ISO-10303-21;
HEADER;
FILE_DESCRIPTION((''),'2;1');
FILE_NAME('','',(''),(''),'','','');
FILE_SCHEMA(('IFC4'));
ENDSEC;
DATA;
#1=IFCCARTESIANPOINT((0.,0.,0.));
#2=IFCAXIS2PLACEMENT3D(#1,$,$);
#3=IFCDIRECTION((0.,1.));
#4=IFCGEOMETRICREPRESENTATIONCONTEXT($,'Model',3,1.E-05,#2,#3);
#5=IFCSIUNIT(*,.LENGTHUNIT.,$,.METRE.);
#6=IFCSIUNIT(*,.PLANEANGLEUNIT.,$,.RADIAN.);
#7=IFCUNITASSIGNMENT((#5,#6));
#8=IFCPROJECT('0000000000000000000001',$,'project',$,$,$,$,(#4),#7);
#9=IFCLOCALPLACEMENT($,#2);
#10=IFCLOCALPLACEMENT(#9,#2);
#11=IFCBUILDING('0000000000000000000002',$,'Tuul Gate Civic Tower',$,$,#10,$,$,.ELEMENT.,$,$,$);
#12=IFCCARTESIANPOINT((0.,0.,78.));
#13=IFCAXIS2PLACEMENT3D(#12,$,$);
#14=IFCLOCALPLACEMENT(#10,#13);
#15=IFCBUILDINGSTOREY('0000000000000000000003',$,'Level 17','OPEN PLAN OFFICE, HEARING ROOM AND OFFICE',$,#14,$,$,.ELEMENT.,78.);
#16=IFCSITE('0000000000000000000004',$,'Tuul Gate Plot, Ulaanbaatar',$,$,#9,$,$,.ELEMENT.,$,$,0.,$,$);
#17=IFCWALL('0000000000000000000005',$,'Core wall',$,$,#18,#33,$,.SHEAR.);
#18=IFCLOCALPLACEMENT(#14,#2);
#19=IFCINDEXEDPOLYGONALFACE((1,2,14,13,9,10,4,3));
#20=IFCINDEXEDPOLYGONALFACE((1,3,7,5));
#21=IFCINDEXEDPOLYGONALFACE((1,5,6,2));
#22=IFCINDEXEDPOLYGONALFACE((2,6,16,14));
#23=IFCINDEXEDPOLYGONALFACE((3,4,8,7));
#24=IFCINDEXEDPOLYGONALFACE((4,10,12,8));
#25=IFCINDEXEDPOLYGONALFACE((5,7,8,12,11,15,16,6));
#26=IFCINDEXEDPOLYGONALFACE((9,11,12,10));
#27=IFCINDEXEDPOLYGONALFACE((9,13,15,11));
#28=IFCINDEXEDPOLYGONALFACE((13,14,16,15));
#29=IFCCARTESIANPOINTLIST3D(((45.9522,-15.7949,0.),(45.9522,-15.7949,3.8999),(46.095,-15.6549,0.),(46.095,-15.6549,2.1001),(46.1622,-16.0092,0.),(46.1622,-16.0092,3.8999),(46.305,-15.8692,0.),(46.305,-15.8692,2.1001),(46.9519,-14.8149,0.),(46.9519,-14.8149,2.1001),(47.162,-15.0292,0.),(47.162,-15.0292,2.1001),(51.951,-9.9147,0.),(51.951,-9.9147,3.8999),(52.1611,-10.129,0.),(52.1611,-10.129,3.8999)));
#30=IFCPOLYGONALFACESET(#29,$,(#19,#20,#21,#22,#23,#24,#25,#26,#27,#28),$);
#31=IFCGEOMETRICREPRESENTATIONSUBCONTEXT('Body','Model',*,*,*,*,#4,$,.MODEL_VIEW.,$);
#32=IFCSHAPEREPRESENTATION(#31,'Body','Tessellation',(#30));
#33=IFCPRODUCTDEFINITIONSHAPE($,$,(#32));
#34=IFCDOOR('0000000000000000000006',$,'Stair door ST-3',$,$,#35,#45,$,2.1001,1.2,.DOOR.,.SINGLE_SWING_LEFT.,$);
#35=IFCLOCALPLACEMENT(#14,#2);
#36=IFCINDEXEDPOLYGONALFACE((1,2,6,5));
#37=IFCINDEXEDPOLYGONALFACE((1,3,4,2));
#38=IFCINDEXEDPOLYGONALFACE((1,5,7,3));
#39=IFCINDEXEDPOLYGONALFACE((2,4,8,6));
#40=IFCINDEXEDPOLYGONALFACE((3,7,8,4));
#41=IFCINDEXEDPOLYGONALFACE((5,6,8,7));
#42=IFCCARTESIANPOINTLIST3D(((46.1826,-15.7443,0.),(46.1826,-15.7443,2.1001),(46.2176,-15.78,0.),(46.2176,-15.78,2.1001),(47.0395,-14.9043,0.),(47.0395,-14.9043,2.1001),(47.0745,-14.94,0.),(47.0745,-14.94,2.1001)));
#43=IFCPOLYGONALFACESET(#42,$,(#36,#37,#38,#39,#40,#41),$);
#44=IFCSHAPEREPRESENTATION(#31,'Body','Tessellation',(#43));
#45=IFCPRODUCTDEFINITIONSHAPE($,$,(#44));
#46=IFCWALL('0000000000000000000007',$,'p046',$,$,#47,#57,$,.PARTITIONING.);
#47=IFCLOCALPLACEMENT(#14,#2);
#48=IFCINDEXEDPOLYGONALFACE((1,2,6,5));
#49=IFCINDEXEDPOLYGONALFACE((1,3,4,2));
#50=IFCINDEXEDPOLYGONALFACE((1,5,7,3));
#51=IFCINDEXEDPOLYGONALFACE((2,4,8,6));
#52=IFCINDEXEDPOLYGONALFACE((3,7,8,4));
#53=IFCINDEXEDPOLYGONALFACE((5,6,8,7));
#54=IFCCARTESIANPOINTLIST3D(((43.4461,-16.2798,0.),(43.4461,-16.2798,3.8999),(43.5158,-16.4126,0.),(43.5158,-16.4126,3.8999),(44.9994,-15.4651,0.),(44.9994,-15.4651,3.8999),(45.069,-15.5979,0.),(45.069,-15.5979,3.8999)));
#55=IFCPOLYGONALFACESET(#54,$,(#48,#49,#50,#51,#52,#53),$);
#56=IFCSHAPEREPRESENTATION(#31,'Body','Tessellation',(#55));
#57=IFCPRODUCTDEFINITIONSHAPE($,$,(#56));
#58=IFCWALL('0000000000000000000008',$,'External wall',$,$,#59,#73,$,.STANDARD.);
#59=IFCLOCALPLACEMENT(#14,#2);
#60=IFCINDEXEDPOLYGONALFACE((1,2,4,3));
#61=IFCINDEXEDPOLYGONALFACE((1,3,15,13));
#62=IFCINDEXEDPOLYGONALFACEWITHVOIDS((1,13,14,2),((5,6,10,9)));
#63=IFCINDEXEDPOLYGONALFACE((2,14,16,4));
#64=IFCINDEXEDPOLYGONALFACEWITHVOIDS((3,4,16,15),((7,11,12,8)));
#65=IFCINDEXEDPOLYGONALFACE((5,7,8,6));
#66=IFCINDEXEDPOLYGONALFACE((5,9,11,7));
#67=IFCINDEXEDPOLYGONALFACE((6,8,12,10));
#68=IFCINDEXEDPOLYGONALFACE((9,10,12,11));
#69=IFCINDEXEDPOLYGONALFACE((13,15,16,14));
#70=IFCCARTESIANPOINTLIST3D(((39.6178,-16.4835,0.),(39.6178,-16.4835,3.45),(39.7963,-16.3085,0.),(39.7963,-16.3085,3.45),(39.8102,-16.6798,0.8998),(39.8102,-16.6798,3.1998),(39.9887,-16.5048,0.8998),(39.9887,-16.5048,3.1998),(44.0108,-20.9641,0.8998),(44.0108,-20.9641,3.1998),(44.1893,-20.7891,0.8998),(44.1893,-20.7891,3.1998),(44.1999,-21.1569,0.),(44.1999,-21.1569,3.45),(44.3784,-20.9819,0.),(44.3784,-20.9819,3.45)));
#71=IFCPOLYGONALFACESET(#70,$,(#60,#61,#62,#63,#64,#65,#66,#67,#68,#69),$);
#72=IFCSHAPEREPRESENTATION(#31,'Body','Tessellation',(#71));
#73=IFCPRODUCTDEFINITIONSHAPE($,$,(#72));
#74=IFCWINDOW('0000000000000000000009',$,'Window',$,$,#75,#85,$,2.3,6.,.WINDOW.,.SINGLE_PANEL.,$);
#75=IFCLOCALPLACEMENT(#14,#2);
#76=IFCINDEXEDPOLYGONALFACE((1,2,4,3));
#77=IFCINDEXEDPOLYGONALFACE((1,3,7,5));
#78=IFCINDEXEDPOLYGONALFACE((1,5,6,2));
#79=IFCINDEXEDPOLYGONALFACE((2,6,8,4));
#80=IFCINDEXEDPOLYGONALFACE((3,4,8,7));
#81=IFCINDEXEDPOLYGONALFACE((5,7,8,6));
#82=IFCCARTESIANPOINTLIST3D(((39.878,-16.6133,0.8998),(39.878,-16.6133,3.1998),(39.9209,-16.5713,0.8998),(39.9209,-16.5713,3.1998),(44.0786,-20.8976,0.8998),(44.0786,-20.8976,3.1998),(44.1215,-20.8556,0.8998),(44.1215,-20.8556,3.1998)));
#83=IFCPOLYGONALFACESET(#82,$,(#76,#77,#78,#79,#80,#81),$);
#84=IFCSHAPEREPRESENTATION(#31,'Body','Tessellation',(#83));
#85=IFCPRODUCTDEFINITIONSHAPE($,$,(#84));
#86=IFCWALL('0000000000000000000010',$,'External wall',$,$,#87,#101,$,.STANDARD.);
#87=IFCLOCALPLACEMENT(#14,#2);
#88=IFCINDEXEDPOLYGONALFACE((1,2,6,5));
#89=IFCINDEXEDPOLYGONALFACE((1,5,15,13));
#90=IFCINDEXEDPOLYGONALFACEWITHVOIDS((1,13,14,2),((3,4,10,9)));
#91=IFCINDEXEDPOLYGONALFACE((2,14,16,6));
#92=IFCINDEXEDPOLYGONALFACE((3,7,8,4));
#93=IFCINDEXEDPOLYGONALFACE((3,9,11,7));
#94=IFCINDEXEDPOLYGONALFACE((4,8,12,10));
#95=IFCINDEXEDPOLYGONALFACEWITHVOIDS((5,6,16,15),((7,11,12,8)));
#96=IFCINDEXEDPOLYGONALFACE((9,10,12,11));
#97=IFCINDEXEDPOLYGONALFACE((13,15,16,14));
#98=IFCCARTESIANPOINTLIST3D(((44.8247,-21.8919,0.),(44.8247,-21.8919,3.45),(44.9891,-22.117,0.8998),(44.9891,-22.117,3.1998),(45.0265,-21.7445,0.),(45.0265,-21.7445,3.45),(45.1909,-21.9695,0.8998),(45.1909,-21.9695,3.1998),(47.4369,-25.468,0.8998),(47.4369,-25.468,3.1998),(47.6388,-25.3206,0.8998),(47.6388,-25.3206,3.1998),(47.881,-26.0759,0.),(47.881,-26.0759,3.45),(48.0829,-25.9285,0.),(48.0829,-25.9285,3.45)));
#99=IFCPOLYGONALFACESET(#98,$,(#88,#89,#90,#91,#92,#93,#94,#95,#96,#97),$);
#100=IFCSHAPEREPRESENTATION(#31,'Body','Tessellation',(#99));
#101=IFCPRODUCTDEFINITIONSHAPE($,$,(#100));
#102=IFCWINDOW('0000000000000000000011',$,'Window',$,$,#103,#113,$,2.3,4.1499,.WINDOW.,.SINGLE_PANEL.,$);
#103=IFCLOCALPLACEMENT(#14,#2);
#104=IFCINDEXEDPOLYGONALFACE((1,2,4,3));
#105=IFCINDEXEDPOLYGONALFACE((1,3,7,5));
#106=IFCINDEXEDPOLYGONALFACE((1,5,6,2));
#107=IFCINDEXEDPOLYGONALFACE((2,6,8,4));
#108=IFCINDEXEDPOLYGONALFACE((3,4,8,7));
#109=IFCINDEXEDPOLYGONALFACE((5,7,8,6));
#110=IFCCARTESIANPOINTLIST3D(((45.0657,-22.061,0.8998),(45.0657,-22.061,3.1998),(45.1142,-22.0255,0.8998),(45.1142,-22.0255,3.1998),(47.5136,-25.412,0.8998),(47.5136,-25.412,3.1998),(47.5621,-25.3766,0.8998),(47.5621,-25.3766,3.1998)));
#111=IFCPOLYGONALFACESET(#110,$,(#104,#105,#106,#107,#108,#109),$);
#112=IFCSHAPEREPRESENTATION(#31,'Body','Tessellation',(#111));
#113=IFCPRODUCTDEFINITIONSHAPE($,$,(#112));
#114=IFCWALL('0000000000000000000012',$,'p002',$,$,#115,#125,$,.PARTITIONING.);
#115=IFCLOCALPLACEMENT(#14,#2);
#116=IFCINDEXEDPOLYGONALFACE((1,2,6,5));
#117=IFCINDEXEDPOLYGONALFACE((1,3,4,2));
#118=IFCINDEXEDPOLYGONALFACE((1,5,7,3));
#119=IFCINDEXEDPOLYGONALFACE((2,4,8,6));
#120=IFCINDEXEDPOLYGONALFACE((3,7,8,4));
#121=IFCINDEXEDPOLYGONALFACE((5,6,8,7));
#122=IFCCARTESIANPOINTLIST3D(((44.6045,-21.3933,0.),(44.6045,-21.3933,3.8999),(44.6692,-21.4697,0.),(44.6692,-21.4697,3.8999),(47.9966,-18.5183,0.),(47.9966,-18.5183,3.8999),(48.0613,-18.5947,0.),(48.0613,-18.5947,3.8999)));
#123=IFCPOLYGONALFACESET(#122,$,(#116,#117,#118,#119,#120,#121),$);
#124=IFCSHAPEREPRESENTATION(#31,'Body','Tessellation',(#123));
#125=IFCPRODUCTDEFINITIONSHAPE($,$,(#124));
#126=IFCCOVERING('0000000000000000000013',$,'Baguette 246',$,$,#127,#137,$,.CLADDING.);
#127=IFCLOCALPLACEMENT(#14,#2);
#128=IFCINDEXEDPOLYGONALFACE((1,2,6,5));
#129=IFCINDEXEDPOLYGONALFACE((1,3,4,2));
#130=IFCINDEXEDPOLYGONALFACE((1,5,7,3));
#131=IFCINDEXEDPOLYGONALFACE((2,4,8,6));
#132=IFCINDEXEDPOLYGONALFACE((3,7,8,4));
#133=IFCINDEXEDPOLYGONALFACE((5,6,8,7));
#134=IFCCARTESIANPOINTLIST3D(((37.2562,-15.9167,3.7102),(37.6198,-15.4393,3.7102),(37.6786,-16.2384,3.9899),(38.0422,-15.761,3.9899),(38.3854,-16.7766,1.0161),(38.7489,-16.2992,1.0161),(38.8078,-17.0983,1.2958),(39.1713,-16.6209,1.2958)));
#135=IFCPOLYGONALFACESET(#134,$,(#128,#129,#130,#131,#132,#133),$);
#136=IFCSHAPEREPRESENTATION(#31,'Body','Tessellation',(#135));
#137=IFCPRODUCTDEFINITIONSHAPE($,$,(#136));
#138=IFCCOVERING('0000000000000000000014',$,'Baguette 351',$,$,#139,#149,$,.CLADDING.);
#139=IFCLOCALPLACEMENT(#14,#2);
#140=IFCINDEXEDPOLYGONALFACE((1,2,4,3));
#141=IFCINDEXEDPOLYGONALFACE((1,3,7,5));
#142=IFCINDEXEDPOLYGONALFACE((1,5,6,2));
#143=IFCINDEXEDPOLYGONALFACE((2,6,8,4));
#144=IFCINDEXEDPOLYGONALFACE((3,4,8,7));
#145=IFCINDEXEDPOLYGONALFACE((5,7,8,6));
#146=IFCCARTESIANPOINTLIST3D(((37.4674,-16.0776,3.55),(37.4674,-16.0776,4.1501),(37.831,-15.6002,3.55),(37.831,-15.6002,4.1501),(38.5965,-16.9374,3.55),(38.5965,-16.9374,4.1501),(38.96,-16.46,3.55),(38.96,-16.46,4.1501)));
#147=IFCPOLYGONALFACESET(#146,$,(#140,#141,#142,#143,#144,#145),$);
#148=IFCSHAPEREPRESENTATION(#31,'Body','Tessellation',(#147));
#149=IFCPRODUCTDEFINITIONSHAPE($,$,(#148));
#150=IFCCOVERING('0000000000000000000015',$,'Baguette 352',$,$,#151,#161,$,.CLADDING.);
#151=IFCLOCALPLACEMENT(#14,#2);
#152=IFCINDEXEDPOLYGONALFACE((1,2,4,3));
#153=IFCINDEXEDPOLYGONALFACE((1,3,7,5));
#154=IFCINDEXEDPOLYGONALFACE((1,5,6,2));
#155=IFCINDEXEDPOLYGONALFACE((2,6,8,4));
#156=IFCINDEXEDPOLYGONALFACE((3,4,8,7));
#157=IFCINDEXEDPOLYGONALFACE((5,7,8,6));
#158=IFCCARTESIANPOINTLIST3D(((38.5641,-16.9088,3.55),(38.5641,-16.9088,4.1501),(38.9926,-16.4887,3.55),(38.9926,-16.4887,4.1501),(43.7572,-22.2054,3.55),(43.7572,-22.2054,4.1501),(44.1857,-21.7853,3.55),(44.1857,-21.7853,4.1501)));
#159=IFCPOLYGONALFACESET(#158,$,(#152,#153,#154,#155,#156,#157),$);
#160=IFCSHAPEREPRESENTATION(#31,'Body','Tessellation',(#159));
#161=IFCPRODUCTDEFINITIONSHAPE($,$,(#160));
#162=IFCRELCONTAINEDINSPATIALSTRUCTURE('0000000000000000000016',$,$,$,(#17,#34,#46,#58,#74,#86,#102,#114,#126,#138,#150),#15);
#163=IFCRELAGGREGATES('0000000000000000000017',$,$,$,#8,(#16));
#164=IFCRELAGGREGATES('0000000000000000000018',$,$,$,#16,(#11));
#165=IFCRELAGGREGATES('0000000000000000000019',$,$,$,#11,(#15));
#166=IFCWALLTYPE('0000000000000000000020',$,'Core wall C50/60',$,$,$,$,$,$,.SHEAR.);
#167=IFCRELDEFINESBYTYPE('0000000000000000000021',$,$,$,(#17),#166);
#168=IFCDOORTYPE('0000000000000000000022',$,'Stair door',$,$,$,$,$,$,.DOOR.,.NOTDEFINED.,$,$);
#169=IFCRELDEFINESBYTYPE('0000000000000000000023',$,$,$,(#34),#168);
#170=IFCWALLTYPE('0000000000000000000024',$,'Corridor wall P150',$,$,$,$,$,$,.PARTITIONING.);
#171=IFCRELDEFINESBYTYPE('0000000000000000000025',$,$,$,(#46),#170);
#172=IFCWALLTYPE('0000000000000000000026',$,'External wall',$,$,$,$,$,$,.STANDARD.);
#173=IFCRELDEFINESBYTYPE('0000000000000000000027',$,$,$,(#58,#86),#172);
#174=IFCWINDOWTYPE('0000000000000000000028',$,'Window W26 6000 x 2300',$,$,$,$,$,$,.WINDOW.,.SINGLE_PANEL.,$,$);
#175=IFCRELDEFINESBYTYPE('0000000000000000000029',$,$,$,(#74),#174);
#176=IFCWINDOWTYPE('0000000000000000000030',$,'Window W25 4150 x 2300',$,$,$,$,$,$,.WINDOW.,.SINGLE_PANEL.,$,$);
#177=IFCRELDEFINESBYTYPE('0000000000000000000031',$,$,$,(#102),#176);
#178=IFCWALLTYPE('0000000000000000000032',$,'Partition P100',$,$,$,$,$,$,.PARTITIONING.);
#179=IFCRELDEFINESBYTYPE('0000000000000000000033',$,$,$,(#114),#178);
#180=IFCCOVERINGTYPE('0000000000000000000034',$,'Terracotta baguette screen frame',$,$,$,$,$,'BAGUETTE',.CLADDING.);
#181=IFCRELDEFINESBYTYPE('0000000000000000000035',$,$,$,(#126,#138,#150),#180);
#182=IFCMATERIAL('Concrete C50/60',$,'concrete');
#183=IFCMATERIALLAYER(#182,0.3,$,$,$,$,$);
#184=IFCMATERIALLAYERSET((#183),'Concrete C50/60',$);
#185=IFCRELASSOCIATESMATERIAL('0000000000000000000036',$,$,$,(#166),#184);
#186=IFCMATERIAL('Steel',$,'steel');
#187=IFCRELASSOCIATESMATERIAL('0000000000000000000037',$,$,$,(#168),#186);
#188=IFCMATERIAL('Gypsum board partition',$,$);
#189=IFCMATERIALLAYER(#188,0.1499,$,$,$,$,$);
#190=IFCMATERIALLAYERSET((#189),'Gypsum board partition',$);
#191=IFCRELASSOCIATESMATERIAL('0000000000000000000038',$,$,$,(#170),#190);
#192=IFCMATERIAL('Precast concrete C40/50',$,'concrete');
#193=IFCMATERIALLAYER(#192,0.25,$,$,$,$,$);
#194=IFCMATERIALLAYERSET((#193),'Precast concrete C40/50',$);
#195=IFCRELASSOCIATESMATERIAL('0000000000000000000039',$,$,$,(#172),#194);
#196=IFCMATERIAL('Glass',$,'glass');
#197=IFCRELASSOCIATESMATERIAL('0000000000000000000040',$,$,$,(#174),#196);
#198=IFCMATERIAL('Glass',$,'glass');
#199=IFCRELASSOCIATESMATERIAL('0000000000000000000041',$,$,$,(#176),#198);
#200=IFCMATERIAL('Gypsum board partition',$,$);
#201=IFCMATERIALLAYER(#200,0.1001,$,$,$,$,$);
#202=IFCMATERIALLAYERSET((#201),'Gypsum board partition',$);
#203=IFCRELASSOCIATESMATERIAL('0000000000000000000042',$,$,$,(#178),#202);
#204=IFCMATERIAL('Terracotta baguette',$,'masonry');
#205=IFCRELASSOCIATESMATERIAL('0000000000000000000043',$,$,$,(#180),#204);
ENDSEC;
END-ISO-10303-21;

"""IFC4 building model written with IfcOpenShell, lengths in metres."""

from ifc_helpers import new_model, si_unit, direction, frame, frame_2d, origin, origin_2d, place, context, subcontext, project, spatial, rectangle, extrude, material, layer, layer_set, material_profile, profile_set, type_object, element, fill, save


model = new_model("IFC4")

# Units and contexts
model_context = context("Model", 3, precision=1e-05, world=origin(), true_north=direction((0.0, 1.0)))
body_context = subcontext(model_context, "Body", "Model", "MODEL_VIEW")
ifc_project = project(units=[si_unit("LENGTHUNIT", "METRE"), si_unit("PLANEANGLEUNIT", "RADIAN")], contexts=[model_context])

# Site, building, storey
site_placement = place(None, origin())
site = spatial("IfcSite", under=ifc_project, at=site_placement, Name="Tuul Gate Plot, Ulaanbaatar", CompositionType="ELEMENT", RefElevation=0.0)
building_placement = place(site_placement, origin())
building = spatial("IfcBuilding", under=site, at=building_placement, Name="Tuul Gate Civic Tower", CompositionType="ELEMENT")
storey_placement = place(building_placement, frame((0.0, 0.0, 78.0)))
storey = spatial("IfcBuildingStorey", under=building, at=storey_placement, Name="Level 17", Description="OPEN PLAN OFFICE, HEARING ROOM AND OFFICE", CompositionType="ELEMENT", Elevation=78.0)

# Shared definitions
ifc_material_1 = material(Name="Concrete C50/60", Category="concrete")
ifc_layer_1 = layer(ifc_material_1, 0.3)
ifc_layer_set_1 = layer_set([ifc_layer_1], Name="Concrete C50/60")
wall_type_1 = type_object("IfcWallType", Name="Core wall C50/60", PredefinedType="SHEAR", material=ifc_layer_set_1)

# Wall, opening, door
wall_1_placement = place(storey_placement, frame((46.0571, -15.9021, 0.0), z_axis=(0.0, 0.0, 1.0), x_axis=(0.714134, 0.700009, 0.0)))
wall_1 = element("IfcWall", 1, at=wall_1_placement, inside=storey, type_object=wall_type_1, Name="Core wall", PredefinedType="SHEAR", context=body_context, shape_type="SweptSolid", body=[
    extrude(rectangle(XDim=8.4001, YDim=0.3, at=frame_2d((4.2002, 0.0))), origin(), (0.0, 0.0, 1.0), 3.8999),
])
opening_1_placement = place(wall_1_placement, frame((0.2, 0.0, 0.0)))
opening_1 = element("IfcOpeningElement", 2, at=opening_1_placement, cuts=wall_1, PredefinedType="OPENING", context=body_context, shape_type="SweptSolid", body=[
    extrude(rectangle(XDim=1.2, YDim=2.1001, at=frame_2d((0.6001, 1.05))), frame((0.0, 0.1602, 0.0), z_axis=(0.0, -1.0, 0.0), x_axis=(1.0, 0.0, 0.0)), (0.0, 0.0, 1.0), 0.3201),
])
ifc_material_2 = material(Name="Steel", Category="steel")
door_type_1 = type_object("IfcDoorType", Name="Stair door", OperationType="NOTDEFINED", PredefinedType="DOOR", material=ifc_material_2)
door_1_placement = place(opening_1_placement, origin())
door_1 = element("IfcDoor", 3, at=door_1_placement, inside=storey, type_object=door_type_1, Name="Stair door ST-3", OperationType="SINGLE_SWING_LEFT", OverallHeight=2.1001, OverallWidth=1.2, PredefinedType="DOOR", context=body_context, shape_type="SweptSolid", body=[
    extrude(rectangle(XDim=1.2, YDim=2.1001, at=frame_2d((0.6001, 1.05))), frame((0.0, 0.0249, 0.0), z_axis=(0.0, -1.0, 0.0), x_axis=(1.0, 0.0, 0.0)), (0.0, 0.0, 1.0), 0.05),
])
fill(opening_1, door_1)

# Wall
ifc_material_3 = material(Name="Gypsum board partition")
ifc_layer_2 = layer(ifc_material_3, 0.1499)
ifc_layer_set_2 = layer_set([ifc_layer_2], Name="Gypsum board partition")
wall_type_2 = type_object("IfcWallType", Name="Corridor wall P150", PredefinedType="PARTITIONING", material=ifc_layer_set_2)
wall_2_placement = place(storey_placement, frame((43.481, -16.3462, 0.0), z_axis=(0.0, 0.0, 1.0), x_axis=(0.885573, 0.464501, 0.0)))
element("IfcWall", 4, at=wall_2_placement, inside=storey, type_object=wall_type_2, Name="p046", PredefinedType="PARTITIONING", context=body_context, shape_type="SweptSolid", body=[
    extrude(rectangle(XDim=1.7539, YDim=0.1499, at=frame_2d((0.877, 0.0))), origin(), (0.0, 0.0, 1.0), 3.8999),
])

# Walls, openings, windows
ifc_material_4 = material(Name="Precast concrete C40/50", Category="concrete")
ifc_layer_3 = layer(ifc_material_4, 0.25)
ifc_layer_set_3 = layer_set([ifc_layer_3], Name="Precast concrete C40/50")
wall_type_3 = type_object("IfcWallType", Name="External wall", PredefinedType="STANDARD", material=ifc_layer_set_3)
wall_3_placement = place(storey_placement, frame((39.707, -16.396, 0.0), z_axis=(0.0, 0.0, 1.0), x_axis=(0.700097, -0.714048, 0.0)))
wall_3 = element("IfcWall", 5, at=wall_3_placement, inside=storey, type_object=wall_type_3, Name="External wall", PredefinedType="STANDARD", context=body_context, shape_type="SweptSolid", body=[
    extrude(rectangle(XDim=6.5449, YDim=0.25, at=frame_2d((3.2725, 0.0))), origin(), (0.0, 0.0, 1.0), 3.45),
])
opening_2_placement = place(wall_3_placement, frame((0.2749, 0.0, 0.8999)))
opening_2 = element("IfcOpeningElement", 6, at=opening_2_placement, cuts=wall_3, PredefinedType="OPENING", context=body_context, shape_type="SweptSolid", body=[
    extrude(rectangle(XDim=6.0, YDim=2.3, at=frame_2d((3.0, 1.1499))), frame((0.0, 0.135, 0.0), z_axis=(0.0, -1.0, 0.0), x_axis=(1.0, 0.0, 0.0)), (0.0, 0.0, 1.0), 0.27),
])
ifc_material_5 = material(Name="Glass", Category="glass")
window_type_1 = type_object("IfcWindowType", Name="Window W26 6000 x 2300", PartitioningType="SINGLE_PANEL", PredefinedType="WINDOW", material=ifc_material_5)
window_1_placement = place(opening_2_placement, origin())
window_1 = element("IfcWindow", 7, at=window_1_placement, inside=storey, type_object=window_type_1, Name="Window", OverallHeight=2.3, OverallWidth=6.0, PartitioningType="SINGLE_PANEL", PredefinedType="WINDOW", context=body_context, shape_type="SweptSolid", body=[
    extrude(rectangle(XDim=6.0, YDim=2.3, at=frame_2d((3.0, 1.1499))), frame((0.0, 0.03, 0.0), z_axis=(0.0, -1.0, 0.0), x_axis=(1.0, 0.0, 0.0)), (0.0, 0.0, 1.0), 0.0601),
])
fill(opening_2, window_1)
wall_4_placement = place(storey_placement, frame((44.9255, -21.8181, 0.0), z_axis=(0.0, 0.0, 1.0), x_axis=(0.589865, -0.807502, 0.0)))
wall_4 = element("IfcWall", 8, at=wall_4_placement, inside=storey, type_object=wall_type_3, Name="External wall", PredefinedType="STANDARD", context=body_context, shape_type="SweptSolid", body=[
    extrude(rectangle(XDim=5.1814, YDim=0.25, at=frame_2d((2.5908, 0.0))), origin(), (0.0, 0.0, 1.0), 3.45),
])
opening_3_placement = place(wall_4_placement, frame((0.2788, 0.0, 0.8999)))
opening_3 = element("IfcOpeningElement", 9, at=opening_3_placement, cuts=wall_4, PredefinedType="OPENING", context=body_context, shape_type="SweptSolid", body=[
    extrude(rectangle(XDim=4.1499, YDim=2.3, at=frame_2d((2.075, 1.1499))), frame((0.0, 0.135, 0.0), z_axis=(0.0, -1.0, 0.0), x_axis=(1.0, 0.0, 0.0)), (0.0, 0.0, 1.0), 0.27),
])
ifc_material_6 = material(Name="Glass", Category="glass")
window_type_2 = type_object("IfcWindowType", Name="Window W25 4150 x 2300", PartitioningType="SINGLE_PANEL", PredefinedType="WINDOW", material=ifc_material_6)
window_2_placement = place(opening_3_placement, origin())
window_2 = element("IfcWindow", 10, at=window_2_placement, inside=storey, type_object=window_type_2, Name="Window", OverallHeight=2.3, OverallWidth=4.1499, PartitioningType="SINGLE_PANEL", PredefinedType="WINDOW", context=body_context, shape_type="SweptSolid", body=[
    extrude(rectangle(XDim=4.1499, YDim=2.3, at=frame_2d((2.075, 1.1499))), frame((0.0, 0.03, 0.0), z_axis=(0.0, -1.0, 0.0), x_axis=(1.0, 0.0, 0.0)), (0.0, 0.0, 1.0), 0.0601),
])
fill(opening_3, window_2)

# Wall
ifc_material_7 = material(Name="Gypsum board partition")
ifc_layer_4 = layer(ifc_material_7, 0.1001)
ifc_layer_set_4 = layer_set([ifc_layer_4], Name="Gypsum board partition")
wall_type_4 = type_object("IfcWallType", Name="Partition P100", PredefinedType="PARTITIONING", material=ifc_layer_set_4)
wall_5_placement = place(storey_placement, frame((44.637, -21.4314, 0.0), z_axis=(0.0, 0.0, 1.0), x_axis=(0.762857, 0.646567, 0.0)))
element("IfcWall", 11, at=wall_5_placement, inside=storey, type_object=wall_type_4, Name="p002", PredefinedType="PARTITIONING", context=body_context, shape_type="SweptSolid", body=[
    extrude(rectangle(XDim=4.4465, YDim=0.1001, at=frame_2d((2.2231, 0.0))), origin(), (0.0, 0.0, 1.0), 3.8999),
])

# Coverings
ifc_material_8 = material(Name="Terracotta baguette", Category="masonry")
ifc_material_profile_1 = material_profile(ifc_material_8, rectangle(XDim=0.6001, YDim=0.6001, at=origin_2d()), Name="Terracotta baguette screen frame")
ifc_profile_set_1 = profile_set([ifc_material_profile_1], Name="Terracotta baguette")
covering_type = type_object("IfcCoveringType", Name="Terracotta baguette screen frame", ElementType="BAGUETTE", PredefinedType="CLADDING", material=ifc_profile_set_1)
covering_1_placement = place(storey_placement, frame((37.6492, -15.8389, 3.8501), z_axis=(0.370812, -0.282378, -0.884738), x_axis=(0.605846, 0.795582, 0.0)))
element("IfcCovering", 12, at=covering_1_placement, inside=storey, type_object=covering_type, Name="Baguette 246", PredefinedType="CLADDING", context=body_context, shape_type="SweptSolid", body=[
    extrude(rectangle(XDim=0.6001, YDim=0.6001, at=origin_2d()), origin(), (0.0, 0.0, 1.0), 3.0452),
])
covering_2_placement = place(storey_placement, frame((37.6492, -15.8389, 3.8501), z_axis=(0.795582, -0.605846, 0.0), x_axis=(0.605846, 0.795582, 0.0)))
element("IfcCovering", 13, at=covering_2_placement, inside=storey, type_object=covering_type, Name="Baguette 351", PredefinedType="CLADDING", context=body_context, shape_type="SweptSolid", body=[
    extrude(rectangle(XDim=0.6001, YDim=0.6001, at=origin_2d()), origin(), (0.0, 0.0, 1.0), 1.4192),
])
covering_3_placement = place(storey_placement, frame((38.7783, -16.6987, 3.8501), z_axis=(0.700095, -0.71405, 0.0), x_axis=(0.71405, 0.700095, 0.0)))
element("IfcCovering", 14, at=covering_3_placement, inside=storey, type_object=covering_type, Name="Baguette 352", PredefinedType="CLADDING", context=body_context, shape_type="SweptSolid", body=[
    extrude(rectangle(XDim=0.6001, YDim=0.6001, at=origin_2d()), origin(), (0.0, 0.0, 1.0), 7.4177),
])

save(model, "model.ifc")
